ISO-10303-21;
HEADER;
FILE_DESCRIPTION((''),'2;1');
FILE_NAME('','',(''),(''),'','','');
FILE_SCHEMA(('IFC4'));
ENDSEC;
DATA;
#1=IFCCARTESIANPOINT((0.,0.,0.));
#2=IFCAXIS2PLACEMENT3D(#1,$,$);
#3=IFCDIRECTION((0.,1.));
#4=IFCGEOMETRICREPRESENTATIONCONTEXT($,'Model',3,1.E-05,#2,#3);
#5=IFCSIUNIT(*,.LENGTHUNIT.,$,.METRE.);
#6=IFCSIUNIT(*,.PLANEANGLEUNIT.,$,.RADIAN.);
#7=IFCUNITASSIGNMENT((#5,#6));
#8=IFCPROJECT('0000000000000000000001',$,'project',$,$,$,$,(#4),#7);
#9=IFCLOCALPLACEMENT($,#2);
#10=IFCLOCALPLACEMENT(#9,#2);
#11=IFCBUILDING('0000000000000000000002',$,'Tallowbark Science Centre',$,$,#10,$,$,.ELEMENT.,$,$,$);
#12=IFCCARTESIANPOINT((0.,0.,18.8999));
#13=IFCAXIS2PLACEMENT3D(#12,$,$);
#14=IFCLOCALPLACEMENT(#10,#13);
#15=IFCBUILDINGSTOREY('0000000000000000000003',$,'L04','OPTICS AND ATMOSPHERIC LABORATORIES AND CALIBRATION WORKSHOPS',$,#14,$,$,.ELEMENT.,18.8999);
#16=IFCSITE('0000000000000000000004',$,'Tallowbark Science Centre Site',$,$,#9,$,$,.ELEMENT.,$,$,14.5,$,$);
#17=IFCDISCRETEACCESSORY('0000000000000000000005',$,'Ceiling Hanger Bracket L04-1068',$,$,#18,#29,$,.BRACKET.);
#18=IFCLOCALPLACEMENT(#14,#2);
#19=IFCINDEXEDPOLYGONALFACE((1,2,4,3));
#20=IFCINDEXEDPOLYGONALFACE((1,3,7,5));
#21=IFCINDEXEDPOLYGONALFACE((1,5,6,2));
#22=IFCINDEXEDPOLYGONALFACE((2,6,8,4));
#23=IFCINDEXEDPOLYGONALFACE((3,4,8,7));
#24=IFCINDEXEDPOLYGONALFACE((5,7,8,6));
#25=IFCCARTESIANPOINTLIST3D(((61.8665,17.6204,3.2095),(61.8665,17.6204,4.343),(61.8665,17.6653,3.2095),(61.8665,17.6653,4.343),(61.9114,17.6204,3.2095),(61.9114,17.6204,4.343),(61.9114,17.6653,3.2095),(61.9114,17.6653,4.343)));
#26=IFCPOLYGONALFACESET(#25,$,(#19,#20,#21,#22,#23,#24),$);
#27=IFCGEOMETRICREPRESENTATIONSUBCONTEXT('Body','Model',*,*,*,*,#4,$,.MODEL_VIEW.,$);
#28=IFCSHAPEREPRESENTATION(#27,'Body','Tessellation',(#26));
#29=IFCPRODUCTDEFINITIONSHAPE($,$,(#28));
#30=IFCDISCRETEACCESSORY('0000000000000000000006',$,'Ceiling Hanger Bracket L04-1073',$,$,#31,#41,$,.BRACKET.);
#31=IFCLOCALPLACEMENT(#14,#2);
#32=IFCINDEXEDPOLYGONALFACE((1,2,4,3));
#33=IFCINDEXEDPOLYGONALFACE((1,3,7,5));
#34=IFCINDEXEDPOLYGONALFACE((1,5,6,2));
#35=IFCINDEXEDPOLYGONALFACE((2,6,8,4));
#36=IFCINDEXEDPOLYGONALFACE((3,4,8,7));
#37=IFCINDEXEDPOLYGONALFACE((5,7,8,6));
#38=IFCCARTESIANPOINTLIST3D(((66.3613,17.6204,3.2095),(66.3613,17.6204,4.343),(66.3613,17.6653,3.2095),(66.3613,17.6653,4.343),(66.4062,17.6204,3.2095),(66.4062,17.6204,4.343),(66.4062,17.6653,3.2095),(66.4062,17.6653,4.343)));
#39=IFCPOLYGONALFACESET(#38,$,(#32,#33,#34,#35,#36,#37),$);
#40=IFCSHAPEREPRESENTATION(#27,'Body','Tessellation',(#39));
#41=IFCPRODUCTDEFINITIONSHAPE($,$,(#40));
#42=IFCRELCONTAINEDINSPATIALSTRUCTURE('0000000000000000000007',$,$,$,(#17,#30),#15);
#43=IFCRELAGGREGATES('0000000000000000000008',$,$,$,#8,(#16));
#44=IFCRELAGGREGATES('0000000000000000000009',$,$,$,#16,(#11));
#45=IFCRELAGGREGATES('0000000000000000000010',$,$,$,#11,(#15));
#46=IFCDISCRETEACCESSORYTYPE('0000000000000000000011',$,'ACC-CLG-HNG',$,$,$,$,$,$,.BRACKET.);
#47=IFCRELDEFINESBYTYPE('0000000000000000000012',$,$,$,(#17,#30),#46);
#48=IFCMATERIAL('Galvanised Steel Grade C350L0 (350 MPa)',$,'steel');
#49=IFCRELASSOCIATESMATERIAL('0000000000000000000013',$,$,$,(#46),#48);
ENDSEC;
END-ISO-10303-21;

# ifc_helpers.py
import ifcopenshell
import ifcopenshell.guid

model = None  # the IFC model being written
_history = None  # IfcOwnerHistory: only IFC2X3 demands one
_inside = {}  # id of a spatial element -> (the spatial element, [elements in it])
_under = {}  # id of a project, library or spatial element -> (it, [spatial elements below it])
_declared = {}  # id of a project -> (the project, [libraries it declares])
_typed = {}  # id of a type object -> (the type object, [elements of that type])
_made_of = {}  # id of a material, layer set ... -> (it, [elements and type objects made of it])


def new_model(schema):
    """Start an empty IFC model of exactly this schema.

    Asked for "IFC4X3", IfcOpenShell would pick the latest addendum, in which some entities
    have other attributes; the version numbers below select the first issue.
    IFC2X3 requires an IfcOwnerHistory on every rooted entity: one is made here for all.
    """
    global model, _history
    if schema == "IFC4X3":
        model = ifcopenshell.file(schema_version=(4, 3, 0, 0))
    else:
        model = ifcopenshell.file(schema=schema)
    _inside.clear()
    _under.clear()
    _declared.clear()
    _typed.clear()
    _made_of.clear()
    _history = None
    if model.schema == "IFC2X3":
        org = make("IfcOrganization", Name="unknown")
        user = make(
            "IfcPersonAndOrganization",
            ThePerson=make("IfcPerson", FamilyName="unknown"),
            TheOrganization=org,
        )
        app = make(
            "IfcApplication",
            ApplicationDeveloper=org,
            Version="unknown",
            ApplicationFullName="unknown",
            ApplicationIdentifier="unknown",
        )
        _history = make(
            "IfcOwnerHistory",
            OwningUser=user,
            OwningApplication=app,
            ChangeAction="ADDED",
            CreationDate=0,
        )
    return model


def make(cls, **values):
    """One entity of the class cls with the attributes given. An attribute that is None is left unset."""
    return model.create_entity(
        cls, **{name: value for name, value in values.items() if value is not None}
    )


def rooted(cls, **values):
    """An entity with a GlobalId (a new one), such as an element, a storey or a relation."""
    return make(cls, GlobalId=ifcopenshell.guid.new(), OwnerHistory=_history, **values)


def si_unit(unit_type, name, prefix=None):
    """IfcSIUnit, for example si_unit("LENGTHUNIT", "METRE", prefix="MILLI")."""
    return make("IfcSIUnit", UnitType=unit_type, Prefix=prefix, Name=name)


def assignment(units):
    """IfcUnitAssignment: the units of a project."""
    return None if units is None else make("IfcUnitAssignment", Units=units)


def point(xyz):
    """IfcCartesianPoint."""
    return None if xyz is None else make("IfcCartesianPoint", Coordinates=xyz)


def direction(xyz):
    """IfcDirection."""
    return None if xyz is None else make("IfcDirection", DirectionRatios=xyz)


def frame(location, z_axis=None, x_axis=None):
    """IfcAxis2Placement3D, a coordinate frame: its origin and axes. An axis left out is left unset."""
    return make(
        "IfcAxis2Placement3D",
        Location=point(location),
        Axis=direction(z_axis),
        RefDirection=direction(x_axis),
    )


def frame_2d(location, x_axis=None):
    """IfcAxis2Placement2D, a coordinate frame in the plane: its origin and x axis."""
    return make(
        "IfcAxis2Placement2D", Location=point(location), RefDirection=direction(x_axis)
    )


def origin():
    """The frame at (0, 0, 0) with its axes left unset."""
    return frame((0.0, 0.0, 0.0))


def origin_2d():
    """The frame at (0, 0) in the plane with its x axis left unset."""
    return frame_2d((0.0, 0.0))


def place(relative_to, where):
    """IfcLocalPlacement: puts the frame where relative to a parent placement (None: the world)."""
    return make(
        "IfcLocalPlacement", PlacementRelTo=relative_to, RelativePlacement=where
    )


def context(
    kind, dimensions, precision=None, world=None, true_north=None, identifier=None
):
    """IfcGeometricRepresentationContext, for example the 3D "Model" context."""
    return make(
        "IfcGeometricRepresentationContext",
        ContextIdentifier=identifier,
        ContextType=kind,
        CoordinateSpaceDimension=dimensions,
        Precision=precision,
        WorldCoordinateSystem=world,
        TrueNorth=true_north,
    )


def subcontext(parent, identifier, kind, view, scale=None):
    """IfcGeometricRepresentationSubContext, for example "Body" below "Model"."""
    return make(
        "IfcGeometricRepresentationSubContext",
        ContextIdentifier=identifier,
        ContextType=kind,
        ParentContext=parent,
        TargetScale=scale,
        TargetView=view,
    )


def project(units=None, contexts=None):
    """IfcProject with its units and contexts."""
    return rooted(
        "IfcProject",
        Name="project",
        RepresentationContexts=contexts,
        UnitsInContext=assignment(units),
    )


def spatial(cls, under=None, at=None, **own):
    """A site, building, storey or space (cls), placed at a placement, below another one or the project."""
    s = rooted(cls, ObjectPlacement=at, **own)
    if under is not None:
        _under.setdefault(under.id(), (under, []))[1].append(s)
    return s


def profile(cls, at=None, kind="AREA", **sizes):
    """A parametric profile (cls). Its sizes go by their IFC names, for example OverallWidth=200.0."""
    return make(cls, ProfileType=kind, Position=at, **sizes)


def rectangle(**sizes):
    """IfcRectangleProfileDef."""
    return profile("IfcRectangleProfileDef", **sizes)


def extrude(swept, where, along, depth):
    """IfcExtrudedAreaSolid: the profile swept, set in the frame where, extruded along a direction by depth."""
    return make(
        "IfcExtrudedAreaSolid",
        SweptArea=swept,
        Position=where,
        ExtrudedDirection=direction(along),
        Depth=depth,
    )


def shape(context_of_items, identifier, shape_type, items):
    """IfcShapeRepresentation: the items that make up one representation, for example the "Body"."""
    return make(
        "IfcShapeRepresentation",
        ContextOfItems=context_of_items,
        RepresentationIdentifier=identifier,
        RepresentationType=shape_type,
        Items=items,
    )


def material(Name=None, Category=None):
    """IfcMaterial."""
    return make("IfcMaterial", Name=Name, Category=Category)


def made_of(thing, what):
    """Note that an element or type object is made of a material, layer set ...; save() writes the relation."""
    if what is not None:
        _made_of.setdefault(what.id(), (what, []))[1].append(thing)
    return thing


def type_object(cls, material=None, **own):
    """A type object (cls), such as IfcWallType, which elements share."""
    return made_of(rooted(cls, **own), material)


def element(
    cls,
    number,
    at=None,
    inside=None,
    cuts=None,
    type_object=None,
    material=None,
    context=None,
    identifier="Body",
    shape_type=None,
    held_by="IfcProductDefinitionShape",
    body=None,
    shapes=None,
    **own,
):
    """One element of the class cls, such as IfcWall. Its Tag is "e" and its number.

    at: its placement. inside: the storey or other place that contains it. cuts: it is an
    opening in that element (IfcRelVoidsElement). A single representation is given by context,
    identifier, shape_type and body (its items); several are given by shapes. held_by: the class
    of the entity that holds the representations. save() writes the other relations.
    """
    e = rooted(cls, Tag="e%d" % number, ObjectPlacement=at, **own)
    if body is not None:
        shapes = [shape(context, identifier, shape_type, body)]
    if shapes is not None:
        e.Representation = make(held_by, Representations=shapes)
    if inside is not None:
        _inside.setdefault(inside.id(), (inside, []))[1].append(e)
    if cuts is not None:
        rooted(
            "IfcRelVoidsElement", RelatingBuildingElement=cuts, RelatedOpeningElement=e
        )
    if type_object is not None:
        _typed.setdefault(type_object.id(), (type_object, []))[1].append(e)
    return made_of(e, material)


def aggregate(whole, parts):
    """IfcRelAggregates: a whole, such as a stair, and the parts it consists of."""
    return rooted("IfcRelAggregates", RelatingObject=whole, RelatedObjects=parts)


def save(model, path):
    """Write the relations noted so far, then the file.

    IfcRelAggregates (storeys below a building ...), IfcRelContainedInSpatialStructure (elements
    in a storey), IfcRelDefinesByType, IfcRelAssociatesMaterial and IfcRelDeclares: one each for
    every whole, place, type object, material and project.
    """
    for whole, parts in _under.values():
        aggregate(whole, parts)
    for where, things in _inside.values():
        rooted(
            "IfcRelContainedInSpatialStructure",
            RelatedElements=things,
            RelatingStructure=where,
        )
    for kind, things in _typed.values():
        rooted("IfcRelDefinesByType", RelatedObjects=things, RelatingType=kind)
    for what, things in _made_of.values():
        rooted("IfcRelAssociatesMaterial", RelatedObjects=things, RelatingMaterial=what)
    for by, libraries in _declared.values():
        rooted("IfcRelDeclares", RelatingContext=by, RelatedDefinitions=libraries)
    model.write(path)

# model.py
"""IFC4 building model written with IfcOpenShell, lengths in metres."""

from ifc_helpers import new_model, si_unit, direction, frame, origin, origin_2d, place, context, subcontext, project, spatial, rectangle, extrude, material, type_object, element, save


model = new_model("IFC4")

# Units and contexts
model_context = context("Model", 3, precision=1e-05, world=origin(), true_north=direction((0.0, 1.0)))
body_context = subcontext(model_context, "Body", "Model", "MODEL_VIEW")
ifc_project = project(units=[si_unit("LENGTHUNIT", "METRE"), si_unit("PLANEANGLEUNIT", "RADIAN")], contexts=[model_context])

# Site, building, storey
site_placement = place(None, origin())
site = spatial("IfcSite", under=ifc_project, at=site_placement, Name="Tallowbark Science Centre Site", CompositionType="ELEMENT", RefElevation=14.5)
building_placement = place(site_placement, origin())
building = spatial("IfcBuilding", under=site, at=building_placement, Name="Tallowbark Science Centre", CompositionType="ELEMENT")
storey_placement = place(building_placement, frame((0.0, 0.0, 18.8999)))
storey = spatial("IfcBuildingStorey", under=building, at=storey_placement, Name="L04", Description="OPTICS AND ATMOSPHERIC LABORATORIES AND CALIBRATION WORKSHOPS", CompositionType="ELEMENT", Elevation=18.8999)

# Discrete accessories
ifc_material_1 = material(Name="Galvanised Steel Grade C350L0 (350 MPa)", Category="steel")
discrete_accessory_type_1 = type_object("IfcDiscreteAccessoryType", Name="ACC-CLG-HNG", PredefinedType="BRACKET", material=ifc_material_1)
for number, where, z_axis, x_axis, name in (
    (1, (61.8889, 17.6428, 3.2095), (0.0, 0.0, 1.0), (1.0, 0.0, 0.0), "Ceiling Hanger Bracket L04-1068"),
    (2, (66.3838, 17.6428, 3.2095), (0.0, 0.0, 1.0), (1.0, 0.0, 0.0), "Ceiling Hanger Bracket L04-1073"),
):
    element("IfcDiscreteAccessory", number, at=place(storey_placement, frame(where, z_axis=z_axis, x_axis=x_axis)), inside=storey, type_object=discrete_accessory_type_1, Name=name, PredefinedType="BRACKET", context=body_context, shape_type="SweptSolid", body=[
        extrude(rectangle(XDim=0.0449, YDim=0.0449, at=origin_2d()), origin(), (0.0, 0.0, 1.0), 1.1335),
    ])

save(model, "model.ifc")
